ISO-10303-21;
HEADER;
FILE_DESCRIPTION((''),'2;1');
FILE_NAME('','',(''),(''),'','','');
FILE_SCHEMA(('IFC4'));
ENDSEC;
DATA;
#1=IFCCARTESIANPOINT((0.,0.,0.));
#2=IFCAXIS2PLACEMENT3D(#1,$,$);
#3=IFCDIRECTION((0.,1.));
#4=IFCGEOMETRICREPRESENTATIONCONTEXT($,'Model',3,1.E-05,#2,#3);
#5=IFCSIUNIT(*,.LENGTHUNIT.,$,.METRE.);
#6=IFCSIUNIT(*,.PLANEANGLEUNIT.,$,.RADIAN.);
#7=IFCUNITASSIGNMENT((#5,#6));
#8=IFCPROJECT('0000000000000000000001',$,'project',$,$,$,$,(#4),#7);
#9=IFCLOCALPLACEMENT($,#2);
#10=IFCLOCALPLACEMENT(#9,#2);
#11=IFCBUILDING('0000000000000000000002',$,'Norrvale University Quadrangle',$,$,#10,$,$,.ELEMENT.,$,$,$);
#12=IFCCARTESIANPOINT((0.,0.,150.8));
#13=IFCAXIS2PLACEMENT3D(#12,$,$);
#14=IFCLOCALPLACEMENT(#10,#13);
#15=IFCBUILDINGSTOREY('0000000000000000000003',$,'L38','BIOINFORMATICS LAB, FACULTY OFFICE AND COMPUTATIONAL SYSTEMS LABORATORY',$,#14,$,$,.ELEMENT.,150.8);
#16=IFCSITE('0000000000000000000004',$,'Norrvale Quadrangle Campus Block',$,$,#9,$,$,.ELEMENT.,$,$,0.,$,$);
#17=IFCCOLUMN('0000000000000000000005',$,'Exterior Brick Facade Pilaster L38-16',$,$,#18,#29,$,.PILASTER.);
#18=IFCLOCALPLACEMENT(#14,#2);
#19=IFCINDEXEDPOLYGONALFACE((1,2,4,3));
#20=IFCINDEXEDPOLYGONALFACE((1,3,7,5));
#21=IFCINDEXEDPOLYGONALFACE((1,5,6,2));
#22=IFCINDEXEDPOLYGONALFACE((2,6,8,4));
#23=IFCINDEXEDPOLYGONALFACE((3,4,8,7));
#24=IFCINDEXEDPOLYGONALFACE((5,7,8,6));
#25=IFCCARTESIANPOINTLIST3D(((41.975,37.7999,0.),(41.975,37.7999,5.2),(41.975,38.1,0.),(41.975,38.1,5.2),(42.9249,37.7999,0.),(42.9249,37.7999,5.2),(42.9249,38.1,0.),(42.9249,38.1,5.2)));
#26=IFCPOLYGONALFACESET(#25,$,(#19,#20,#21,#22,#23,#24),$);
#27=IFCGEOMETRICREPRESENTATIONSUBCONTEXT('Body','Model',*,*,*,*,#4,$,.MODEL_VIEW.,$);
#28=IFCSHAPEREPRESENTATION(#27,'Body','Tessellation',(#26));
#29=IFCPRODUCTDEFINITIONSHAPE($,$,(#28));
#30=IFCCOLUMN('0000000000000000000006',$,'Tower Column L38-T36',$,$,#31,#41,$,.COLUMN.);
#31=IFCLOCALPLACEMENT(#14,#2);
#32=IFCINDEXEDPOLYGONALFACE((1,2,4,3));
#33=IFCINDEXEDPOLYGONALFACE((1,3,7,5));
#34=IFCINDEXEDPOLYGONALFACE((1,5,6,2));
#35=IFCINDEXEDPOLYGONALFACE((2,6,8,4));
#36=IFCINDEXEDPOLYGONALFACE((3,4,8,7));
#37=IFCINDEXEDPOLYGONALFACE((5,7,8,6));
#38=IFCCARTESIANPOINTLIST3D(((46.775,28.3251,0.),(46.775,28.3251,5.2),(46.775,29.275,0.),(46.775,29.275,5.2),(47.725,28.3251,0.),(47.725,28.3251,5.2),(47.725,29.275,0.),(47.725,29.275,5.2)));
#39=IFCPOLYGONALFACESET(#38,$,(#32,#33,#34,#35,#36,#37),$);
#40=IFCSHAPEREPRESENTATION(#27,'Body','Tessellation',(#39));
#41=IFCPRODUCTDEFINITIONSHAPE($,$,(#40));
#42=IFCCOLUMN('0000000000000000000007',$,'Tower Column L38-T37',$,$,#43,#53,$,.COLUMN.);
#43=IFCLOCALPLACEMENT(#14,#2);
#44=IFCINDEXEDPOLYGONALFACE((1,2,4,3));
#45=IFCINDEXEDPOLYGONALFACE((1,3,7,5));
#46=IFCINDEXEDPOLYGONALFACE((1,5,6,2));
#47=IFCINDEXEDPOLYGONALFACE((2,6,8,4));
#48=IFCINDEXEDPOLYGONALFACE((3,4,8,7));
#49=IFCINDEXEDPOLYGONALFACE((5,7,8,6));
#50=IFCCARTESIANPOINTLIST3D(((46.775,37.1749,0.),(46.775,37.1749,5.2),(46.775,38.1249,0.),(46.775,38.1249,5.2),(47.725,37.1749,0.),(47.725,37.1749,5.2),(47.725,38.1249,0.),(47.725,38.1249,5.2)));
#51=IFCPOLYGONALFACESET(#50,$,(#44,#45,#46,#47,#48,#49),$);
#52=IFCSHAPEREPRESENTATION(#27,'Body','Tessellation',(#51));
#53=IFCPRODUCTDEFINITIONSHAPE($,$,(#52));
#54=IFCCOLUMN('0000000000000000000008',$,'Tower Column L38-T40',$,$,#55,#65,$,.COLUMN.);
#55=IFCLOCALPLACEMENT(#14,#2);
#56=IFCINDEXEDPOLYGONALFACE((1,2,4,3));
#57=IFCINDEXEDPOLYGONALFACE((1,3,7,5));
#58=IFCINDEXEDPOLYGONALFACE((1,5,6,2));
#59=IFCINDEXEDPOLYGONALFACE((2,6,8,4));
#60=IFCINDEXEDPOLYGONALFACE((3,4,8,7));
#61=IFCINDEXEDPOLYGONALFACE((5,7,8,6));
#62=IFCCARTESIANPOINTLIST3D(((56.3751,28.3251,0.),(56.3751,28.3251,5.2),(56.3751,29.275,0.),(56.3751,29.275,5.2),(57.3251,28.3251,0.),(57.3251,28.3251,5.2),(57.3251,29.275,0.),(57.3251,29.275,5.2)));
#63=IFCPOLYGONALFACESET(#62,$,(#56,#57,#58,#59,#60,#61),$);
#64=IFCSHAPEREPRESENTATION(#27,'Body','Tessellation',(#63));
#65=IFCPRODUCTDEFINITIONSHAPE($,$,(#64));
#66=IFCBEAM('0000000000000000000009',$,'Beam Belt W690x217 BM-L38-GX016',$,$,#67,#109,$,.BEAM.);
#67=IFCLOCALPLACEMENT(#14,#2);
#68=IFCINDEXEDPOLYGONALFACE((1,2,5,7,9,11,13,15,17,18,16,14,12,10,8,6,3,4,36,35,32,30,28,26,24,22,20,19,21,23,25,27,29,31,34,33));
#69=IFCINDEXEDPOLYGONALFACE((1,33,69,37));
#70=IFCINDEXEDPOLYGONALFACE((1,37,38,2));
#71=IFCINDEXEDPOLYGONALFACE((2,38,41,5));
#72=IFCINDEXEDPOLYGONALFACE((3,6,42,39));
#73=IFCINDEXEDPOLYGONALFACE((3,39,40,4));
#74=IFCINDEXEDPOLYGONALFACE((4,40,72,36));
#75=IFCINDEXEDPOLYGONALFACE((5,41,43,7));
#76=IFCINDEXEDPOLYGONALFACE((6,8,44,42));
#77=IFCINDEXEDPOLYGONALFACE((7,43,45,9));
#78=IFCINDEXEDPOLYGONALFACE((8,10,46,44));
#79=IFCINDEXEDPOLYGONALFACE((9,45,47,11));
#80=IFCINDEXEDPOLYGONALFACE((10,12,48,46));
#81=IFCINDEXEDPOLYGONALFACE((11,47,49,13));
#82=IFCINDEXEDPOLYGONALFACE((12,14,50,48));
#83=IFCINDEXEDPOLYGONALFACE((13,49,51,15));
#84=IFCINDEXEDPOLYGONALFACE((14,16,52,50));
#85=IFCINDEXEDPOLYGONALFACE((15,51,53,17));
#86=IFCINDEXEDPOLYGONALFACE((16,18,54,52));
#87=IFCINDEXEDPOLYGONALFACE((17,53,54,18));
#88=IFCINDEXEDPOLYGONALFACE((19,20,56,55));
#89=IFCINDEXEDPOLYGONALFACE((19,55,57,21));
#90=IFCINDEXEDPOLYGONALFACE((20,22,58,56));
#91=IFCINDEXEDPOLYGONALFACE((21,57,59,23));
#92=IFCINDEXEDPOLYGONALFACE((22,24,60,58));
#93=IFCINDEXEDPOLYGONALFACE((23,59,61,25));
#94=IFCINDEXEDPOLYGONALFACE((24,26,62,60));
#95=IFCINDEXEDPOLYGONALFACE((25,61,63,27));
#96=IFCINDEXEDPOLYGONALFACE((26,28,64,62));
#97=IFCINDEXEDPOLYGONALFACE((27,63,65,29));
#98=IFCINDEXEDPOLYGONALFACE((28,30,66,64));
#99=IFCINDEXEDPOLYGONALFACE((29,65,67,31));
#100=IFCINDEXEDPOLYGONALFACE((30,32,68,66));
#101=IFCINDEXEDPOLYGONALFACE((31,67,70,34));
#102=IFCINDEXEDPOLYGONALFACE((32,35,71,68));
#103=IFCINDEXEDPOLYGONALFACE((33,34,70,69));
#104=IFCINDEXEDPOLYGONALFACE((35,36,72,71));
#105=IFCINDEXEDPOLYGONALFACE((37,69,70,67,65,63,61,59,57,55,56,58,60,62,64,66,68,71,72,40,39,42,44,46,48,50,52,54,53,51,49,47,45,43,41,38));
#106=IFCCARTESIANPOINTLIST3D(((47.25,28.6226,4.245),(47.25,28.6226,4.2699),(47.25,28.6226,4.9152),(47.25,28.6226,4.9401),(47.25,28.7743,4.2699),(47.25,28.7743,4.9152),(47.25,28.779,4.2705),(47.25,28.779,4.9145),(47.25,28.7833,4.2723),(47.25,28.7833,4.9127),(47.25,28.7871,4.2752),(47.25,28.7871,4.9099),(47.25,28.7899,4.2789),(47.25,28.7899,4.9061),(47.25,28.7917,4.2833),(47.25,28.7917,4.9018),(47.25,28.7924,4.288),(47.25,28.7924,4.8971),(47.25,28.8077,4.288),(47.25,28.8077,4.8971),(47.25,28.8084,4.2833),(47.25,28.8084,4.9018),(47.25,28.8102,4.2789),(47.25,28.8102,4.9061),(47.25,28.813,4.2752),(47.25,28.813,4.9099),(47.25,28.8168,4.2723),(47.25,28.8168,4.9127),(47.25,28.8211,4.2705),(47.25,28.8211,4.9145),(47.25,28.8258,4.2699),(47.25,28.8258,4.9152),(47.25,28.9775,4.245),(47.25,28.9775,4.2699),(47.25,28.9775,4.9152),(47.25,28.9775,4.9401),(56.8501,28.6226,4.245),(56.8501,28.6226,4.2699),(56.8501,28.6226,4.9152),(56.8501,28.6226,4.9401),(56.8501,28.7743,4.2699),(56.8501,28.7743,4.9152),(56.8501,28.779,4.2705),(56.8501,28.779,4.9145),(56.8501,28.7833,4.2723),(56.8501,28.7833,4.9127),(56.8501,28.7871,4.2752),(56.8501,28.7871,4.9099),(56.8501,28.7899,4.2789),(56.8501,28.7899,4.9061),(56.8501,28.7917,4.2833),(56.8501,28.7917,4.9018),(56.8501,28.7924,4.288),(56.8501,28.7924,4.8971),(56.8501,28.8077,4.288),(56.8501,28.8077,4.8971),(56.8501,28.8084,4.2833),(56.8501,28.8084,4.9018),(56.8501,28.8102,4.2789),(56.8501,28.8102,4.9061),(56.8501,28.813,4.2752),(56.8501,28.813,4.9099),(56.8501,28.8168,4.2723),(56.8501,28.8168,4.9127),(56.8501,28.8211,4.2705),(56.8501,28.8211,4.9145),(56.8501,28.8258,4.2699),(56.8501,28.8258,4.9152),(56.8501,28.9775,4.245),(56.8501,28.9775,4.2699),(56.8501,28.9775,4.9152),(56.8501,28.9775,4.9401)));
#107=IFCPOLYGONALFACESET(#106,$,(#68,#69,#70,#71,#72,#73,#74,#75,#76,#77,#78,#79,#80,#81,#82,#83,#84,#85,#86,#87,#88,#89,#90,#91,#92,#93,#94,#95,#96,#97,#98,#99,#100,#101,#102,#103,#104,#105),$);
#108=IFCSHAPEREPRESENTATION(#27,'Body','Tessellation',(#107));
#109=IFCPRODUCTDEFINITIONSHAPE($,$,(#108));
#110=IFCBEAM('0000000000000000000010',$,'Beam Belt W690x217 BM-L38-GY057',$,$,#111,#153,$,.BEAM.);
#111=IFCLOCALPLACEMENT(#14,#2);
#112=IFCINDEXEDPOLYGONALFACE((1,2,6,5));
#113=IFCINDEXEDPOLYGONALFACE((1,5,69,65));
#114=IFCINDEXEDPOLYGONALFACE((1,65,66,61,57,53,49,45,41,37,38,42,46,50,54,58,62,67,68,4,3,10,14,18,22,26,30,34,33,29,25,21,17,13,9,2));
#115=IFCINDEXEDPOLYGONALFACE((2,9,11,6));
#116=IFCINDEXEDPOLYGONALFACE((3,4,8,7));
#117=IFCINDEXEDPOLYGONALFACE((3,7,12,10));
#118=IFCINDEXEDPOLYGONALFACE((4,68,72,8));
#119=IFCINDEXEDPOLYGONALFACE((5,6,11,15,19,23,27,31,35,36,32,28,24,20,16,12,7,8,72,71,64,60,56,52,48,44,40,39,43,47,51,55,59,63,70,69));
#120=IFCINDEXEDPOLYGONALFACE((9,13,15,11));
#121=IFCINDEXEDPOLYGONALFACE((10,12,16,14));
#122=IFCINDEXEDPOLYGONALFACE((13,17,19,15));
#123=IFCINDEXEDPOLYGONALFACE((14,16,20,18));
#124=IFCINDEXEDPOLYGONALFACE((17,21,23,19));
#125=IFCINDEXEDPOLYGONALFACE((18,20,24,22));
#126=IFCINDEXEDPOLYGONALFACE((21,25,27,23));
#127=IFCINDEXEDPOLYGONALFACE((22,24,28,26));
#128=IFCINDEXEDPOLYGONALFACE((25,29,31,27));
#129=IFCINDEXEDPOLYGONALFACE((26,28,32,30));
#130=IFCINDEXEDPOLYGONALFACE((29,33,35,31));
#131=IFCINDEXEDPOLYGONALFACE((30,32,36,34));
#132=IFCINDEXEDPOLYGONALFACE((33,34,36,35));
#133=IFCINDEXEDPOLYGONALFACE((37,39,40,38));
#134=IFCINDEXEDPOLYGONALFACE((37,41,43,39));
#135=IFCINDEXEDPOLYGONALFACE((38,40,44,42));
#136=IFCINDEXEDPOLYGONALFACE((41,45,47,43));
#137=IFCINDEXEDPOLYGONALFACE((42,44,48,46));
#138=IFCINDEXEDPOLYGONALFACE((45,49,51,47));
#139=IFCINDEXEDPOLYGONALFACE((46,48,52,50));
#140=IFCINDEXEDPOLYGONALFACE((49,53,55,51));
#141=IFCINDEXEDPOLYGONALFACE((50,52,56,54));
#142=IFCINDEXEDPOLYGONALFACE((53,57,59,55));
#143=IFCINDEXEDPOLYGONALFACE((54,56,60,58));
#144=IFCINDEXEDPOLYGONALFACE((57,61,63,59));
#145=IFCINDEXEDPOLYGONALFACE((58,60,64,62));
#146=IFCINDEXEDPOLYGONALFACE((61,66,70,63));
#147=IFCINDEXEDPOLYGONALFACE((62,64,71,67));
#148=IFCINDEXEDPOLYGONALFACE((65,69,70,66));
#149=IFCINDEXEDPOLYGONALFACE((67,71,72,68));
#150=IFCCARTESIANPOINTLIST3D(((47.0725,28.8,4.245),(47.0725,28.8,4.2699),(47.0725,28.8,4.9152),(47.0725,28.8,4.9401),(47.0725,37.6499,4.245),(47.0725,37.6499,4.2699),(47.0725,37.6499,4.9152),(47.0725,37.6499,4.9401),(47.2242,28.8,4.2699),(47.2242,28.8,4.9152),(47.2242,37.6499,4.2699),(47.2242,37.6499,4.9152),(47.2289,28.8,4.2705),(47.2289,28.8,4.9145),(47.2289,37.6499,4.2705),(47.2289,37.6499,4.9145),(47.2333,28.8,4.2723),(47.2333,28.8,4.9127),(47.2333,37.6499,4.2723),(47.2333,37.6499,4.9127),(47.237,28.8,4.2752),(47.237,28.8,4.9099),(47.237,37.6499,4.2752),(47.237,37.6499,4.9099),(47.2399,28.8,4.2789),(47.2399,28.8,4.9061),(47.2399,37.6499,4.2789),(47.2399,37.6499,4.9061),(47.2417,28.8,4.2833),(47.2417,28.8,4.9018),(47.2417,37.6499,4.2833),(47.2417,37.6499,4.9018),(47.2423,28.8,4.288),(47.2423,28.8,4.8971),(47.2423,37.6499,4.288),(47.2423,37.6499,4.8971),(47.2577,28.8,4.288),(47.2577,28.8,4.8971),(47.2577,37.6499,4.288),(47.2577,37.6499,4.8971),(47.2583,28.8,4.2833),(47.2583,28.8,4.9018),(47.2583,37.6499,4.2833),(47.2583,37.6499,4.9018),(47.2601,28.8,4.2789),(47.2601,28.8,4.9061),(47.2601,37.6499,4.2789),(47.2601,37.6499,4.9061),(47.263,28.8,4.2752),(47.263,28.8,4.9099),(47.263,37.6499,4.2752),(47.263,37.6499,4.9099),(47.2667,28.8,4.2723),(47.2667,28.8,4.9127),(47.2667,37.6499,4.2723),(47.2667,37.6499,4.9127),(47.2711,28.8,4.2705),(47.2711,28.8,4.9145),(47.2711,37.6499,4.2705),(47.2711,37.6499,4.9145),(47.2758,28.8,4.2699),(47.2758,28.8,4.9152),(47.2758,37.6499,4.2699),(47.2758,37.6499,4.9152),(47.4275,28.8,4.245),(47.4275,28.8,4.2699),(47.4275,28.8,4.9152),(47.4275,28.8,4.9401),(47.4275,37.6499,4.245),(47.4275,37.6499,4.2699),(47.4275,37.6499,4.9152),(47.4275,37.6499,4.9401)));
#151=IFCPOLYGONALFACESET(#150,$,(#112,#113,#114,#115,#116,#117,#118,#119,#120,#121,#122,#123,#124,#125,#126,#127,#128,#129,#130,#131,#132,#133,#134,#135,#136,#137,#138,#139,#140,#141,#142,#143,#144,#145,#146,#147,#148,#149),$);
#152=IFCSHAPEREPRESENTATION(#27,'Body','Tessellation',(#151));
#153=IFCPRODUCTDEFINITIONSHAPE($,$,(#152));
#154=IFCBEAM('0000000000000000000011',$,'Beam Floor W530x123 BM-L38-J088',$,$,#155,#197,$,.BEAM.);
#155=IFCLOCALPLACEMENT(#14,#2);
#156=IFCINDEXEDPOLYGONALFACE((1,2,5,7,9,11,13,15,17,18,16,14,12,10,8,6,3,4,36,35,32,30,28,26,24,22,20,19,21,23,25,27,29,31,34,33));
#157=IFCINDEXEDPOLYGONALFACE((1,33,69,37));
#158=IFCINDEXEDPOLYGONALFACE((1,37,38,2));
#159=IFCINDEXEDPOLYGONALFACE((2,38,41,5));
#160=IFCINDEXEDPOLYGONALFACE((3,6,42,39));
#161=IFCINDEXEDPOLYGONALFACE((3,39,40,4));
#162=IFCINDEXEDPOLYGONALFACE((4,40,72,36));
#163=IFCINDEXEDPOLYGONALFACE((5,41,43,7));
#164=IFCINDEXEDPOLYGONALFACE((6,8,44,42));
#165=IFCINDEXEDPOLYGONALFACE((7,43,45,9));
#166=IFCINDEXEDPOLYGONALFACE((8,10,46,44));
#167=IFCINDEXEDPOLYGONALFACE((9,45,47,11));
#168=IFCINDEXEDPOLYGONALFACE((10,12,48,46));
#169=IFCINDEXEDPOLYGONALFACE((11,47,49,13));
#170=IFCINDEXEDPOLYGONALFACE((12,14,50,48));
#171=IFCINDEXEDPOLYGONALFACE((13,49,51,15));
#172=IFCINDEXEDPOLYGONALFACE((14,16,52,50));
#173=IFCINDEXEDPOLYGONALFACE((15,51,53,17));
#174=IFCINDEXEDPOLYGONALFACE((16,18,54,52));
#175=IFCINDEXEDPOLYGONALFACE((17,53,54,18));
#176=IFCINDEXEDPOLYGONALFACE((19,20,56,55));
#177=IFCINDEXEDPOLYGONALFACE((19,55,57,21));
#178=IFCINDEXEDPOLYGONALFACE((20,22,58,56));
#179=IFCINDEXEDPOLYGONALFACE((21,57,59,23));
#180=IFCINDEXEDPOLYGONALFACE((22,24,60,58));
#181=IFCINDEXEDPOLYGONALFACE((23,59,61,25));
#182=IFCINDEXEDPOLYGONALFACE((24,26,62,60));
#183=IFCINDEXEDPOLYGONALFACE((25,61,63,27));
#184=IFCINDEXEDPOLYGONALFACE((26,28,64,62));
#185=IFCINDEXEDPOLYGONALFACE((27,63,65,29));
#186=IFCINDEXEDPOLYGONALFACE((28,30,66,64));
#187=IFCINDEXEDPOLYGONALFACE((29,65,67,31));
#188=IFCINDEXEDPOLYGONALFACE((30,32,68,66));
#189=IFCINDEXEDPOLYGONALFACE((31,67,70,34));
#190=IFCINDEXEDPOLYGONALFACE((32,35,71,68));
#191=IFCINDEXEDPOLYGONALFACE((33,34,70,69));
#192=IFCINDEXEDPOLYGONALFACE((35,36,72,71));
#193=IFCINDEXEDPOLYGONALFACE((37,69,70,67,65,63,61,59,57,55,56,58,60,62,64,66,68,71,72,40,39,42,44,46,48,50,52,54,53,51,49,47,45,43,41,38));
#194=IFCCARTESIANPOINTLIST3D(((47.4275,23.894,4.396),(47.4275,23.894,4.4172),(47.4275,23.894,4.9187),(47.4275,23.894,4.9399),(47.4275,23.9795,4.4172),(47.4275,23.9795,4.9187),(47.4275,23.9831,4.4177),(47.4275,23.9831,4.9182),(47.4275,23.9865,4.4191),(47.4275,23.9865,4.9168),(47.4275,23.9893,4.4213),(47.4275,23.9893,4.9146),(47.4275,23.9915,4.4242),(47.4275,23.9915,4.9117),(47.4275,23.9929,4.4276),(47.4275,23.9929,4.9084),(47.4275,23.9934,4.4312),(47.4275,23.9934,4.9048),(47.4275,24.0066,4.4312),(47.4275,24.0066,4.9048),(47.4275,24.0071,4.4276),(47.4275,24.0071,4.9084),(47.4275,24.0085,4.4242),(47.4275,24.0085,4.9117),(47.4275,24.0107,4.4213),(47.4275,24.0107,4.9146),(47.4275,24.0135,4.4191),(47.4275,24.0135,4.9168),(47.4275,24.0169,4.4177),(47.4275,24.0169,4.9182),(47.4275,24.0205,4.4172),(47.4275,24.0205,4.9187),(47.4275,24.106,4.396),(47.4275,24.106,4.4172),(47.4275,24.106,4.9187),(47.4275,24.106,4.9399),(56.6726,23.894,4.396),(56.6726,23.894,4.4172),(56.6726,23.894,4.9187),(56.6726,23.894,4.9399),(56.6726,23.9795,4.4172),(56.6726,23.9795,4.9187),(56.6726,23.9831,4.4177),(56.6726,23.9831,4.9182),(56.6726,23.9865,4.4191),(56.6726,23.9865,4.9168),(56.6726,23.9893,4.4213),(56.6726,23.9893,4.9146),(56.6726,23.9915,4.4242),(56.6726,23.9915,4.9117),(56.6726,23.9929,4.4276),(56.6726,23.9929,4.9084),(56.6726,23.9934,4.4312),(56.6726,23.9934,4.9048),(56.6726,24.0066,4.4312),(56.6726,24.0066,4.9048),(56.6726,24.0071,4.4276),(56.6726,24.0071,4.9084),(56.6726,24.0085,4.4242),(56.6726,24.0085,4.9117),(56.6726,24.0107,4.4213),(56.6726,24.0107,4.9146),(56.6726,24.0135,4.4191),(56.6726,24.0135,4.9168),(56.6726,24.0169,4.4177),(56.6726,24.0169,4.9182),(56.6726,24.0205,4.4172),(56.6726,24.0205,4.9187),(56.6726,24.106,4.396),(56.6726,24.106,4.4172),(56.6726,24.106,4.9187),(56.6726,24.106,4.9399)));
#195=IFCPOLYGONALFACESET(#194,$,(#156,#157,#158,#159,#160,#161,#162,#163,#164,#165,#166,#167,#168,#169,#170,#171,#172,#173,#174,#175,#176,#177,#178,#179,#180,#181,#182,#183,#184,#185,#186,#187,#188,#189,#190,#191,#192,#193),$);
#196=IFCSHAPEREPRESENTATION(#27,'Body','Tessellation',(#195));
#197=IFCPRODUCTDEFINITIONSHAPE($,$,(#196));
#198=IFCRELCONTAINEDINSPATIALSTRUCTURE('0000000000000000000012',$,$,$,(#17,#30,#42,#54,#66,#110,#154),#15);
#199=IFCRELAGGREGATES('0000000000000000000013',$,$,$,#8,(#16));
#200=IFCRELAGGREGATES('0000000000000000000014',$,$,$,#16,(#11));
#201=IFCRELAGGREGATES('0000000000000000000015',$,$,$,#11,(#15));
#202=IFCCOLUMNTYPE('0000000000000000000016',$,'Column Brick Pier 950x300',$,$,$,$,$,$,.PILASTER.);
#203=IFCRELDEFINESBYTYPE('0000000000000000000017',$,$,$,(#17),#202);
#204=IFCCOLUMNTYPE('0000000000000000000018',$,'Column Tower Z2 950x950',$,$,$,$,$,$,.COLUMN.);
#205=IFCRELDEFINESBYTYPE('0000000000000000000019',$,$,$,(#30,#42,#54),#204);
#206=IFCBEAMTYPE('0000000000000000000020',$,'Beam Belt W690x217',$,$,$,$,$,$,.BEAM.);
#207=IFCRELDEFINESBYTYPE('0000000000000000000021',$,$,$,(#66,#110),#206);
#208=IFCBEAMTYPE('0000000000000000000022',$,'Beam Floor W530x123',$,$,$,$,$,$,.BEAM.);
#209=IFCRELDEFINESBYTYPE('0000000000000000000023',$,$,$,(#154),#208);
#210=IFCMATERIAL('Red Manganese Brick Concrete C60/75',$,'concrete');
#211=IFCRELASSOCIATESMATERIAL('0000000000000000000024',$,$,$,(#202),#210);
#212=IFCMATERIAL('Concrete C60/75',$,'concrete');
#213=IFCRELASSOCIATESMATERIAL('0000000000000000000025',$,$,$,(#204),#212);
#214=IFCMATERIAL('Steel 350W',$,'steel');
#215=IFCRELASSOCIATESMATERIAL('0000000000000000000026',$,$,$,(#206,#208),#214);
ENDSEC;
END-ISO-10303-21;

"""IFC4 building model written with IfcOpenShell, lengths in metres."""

from ifc_helpers import new_model, si_unit, direction, frame, origin, origin_2d, place, context, subcontext, project, spatial, rectangle, i_section, extrude, material, material_profile, profile_set, type_object, element, save


model = new_model("IFC4")

# Units and contexts
model_context = context("Model", 3, precision=1e-05, world=origin(), true_north=direction((0.0, 1.0)))
body_context = subcontext(model_context, "Body", "Model", "MODEL_VIEW")
ifc_project = project(units=[si_unit("LENGTHUNIT", "METRE"), si_unit("PLANEANGLEUNIT", "RADIAN")], contexts=[model_context])

# Site, building, storey
site_placement = place(None, origin())
site = spatial("IfcSite", under=ifc_project, at=site_placement, Name="Norrvale Quadrangle Campus Block", CompositionType="ELEMENT", RefElevation=0.0)
building_placement = place(site_placement, origin())
building = spatial("IfcBuilding", under=site, at=building_placement, Name="Norrvale University Quadrangle", CompositionType="ELEMENT")
storey_placement = place(building_placement, frame((0.0, 0.0, 150.8)))
storey = spatial("IfcBuildingStorey", under=building, at=storey_placement, Name="L38", Description="BIOINFORMATICS LAB, FACULTY OFFICE AND COMPUTATIONAL SYSTEMS LABORATORY", CompositionType="ELEMENT", Elevation=150.8)

# Columns
ifc_material_1 = material(Name="Red Manganese Brick Concrete C60/75", Category="concrete")
ifc_material_profile_1 = material_profile(ifc_material_1, rectangle(XDim=0.95, YDim=0.3, at=origin_2d()), Name="Red Manganese Brick Concrete C60/75")
ifc_profile_set_1 = profile_set([ifc_material_profile_1], Name="Red Manganese Brick Concrete C60/75")
column_type_1 = type_object("IfcColumnType", Name="Column Brick Pier 950x300", PredefinedType="PILASTER", material=ifc_profile_set_1)
column_placement = place(storey_placement, frame((42.45, 37.95, 0.0), z_axis=(0.0, 0.0, 1.0), x_axis=(1.0, 0.0, 0.0)))
element("IfcColumn", 1, at=column_placement, inside=storey, type_object=column_type_1, Name="Exterior Brick Facade Pilaster L38-16", PredefinedType="PILASTER", context=body_context, shape_type="SweptSolid", body=[
    extrude(rectangle(XDim=0.95, YDim=0.3, at=origin_2d()), origin(), (0.0, 0.0, 1.0), 5.2),
])
ifc_material_2 = material(Name="Concrete C60/75", Category="concrete")
ifc_material_profile_2 = material_profile(ifc_material_2, rectangle(XDim=0.95, YDim=0.95, at=origin_2d()), Name="Concrete C60/75")
ifc_profile_set_2 = profile_set([ifc_material_profile_2], Name="Concrete C60/75")
column_type_2 = type_object("IfcColumnType", Name="Column Tower Z2 950x950", PredefinedType="COLUMN", material=ifc_profile_set_2)
for number, where, z_axis, x_axis, name in (
    (2, (47.25, 28.8, 0.0), (0.0, 0.0, 1.0), (1.0, 0.0, 0.0), "Tower Column L38-T36"),
    (3, (47.25, 37.6499, 0.0), (0.0, 0.0, 1.0), (1.0, 0.0, 0.0), "Tower Column L38-T37"),
    (4, (56.8501, 28.8, 0.0), (0.0, 0.0, 1.0), (1.0, 0.0, 0.0), "Tower Column L38-T40"),
):
    element("IfcColumn", number, at=place(storey_placement, frame(where, z_axis=z_axis, x_axis=x_axis)), inside=storey, type_object=column_type_2, Name=name, PredefinedType="COLUMN", context=body_context, shape_type="SweptSolid", body=[
        extrude(rectangle(XDim=0.95, YDim=0.95, at=origin_2d()), origin(), (0.0, 0.0, 1.0), 5.2),
    ])

# Beams
ifc_material_3 = material(Name="Steel 350W", Category="steel")
ifc_material_profile_3 = material_profile(ifc_material_3, i_section(OverallWidth=0.355, OverallDepth=0.6951, WebThickness=0.0154, FlangeThickness=0.0249, FilletRadius=0.0181, at=origin_2d()), Name="Steel 350W")
ifc_profile_set_3 = profile_set([ifc_material_profile_3], Name="Steel 350W")
beam_type_1 = type_object("IfcBeamType", Name="Beam Belt W690x217", PredefinedType="BEAM", material=ifc_profile_set_3)
beam_1_placement = place(storey_placement, frame((47.25, 28.8, 4.5925), z_axis=(1.0, 0.0, 0.0), x_axis=(0.0, 1.0, 0.0)))
element("IfcBeam", 5, at=beam_1_placement, inside=storey, type_object=beam_type_1, Name="Beam Belt W690x217 BM-L38-GX016", PredefinedType="BEAM", context=body_context, shape_type="SweptSolid", body=[
    extrude(i_section(OverallWidth=0.355, OverallDepth=0.6951, WebThickness=0.0154, FlangeThickness=0.0249, FilletRadius=0.0181, at=origin_2d()), origin(), (0.0, 0.0, 1.0), 9.6001),
])
beam_2_placement = place(storey_placement, frame((47.25, 28.8, 4.5925), z_axis=(0.0, 1.0, 0.0), x_axis=(-1.0, 0.0, 0.0)))
element("IfcBeam", 6, at=beam_2_placement, inside=storey, type_object=beam_type_1, Name="Beam Belt W690x217 BM-L38-GY057", PredefinedType="BEAM", context=body_context, shape_type="SweptSolid", body=[
    extrude(i_section(OverallWidth=0.355, OverallDepth=0.6951, WebThickness=0.0154, FlangeThickness=0.0249, FilletRadius=0.0181, at=origin_2d()), origin(), (0.0, 0.0, 1.0), 8.8499),
])
ifc_material_profile_4 = material_profile(ifc_material_3, i_section(OverallWidth=0.2119, OverallDepth=0.5439, WebThickness=0.0132, FlangeThickness=0.0212, FilletRadius=0.0139, at=origin_2d()), Name="Steel 350W")
ifc_profile_set_4 = profile_set([ifc_material_profile_4], Name="Steel 350W")
beam_type_2 = type_object("IfcBeamType", Name="Beam Floor W530x123", PredefinedType="BEAM", material=ifc_profile_set_4)
beam_3_placement = place(storey_placement, frame((47.4275, 24.0, 4.668), z_axis=(1.0, 0.0, 0.0), x_axis=(0.0, 1.0, 0.0)))
element("IfcBeam", 7, at=beam_3_placement, inside=storey, type_object=beam_type_2, Name="Beam Floor W530x123 BM-L38-J088", PredefinedType="BEAM", context=body_context, shape_type="SweptSolid", body=[
    extrude(i_section(OverallWidth=0.2119, OverallDepth=0.5439, WebThickness=0.0132, FlangeThickness=0.0212, FilletRadius=0.0139, at=origin_2d()), origin(), (0.0, 0.0, 1.0), 9.2451),
])

save(model, "model.ifc")
